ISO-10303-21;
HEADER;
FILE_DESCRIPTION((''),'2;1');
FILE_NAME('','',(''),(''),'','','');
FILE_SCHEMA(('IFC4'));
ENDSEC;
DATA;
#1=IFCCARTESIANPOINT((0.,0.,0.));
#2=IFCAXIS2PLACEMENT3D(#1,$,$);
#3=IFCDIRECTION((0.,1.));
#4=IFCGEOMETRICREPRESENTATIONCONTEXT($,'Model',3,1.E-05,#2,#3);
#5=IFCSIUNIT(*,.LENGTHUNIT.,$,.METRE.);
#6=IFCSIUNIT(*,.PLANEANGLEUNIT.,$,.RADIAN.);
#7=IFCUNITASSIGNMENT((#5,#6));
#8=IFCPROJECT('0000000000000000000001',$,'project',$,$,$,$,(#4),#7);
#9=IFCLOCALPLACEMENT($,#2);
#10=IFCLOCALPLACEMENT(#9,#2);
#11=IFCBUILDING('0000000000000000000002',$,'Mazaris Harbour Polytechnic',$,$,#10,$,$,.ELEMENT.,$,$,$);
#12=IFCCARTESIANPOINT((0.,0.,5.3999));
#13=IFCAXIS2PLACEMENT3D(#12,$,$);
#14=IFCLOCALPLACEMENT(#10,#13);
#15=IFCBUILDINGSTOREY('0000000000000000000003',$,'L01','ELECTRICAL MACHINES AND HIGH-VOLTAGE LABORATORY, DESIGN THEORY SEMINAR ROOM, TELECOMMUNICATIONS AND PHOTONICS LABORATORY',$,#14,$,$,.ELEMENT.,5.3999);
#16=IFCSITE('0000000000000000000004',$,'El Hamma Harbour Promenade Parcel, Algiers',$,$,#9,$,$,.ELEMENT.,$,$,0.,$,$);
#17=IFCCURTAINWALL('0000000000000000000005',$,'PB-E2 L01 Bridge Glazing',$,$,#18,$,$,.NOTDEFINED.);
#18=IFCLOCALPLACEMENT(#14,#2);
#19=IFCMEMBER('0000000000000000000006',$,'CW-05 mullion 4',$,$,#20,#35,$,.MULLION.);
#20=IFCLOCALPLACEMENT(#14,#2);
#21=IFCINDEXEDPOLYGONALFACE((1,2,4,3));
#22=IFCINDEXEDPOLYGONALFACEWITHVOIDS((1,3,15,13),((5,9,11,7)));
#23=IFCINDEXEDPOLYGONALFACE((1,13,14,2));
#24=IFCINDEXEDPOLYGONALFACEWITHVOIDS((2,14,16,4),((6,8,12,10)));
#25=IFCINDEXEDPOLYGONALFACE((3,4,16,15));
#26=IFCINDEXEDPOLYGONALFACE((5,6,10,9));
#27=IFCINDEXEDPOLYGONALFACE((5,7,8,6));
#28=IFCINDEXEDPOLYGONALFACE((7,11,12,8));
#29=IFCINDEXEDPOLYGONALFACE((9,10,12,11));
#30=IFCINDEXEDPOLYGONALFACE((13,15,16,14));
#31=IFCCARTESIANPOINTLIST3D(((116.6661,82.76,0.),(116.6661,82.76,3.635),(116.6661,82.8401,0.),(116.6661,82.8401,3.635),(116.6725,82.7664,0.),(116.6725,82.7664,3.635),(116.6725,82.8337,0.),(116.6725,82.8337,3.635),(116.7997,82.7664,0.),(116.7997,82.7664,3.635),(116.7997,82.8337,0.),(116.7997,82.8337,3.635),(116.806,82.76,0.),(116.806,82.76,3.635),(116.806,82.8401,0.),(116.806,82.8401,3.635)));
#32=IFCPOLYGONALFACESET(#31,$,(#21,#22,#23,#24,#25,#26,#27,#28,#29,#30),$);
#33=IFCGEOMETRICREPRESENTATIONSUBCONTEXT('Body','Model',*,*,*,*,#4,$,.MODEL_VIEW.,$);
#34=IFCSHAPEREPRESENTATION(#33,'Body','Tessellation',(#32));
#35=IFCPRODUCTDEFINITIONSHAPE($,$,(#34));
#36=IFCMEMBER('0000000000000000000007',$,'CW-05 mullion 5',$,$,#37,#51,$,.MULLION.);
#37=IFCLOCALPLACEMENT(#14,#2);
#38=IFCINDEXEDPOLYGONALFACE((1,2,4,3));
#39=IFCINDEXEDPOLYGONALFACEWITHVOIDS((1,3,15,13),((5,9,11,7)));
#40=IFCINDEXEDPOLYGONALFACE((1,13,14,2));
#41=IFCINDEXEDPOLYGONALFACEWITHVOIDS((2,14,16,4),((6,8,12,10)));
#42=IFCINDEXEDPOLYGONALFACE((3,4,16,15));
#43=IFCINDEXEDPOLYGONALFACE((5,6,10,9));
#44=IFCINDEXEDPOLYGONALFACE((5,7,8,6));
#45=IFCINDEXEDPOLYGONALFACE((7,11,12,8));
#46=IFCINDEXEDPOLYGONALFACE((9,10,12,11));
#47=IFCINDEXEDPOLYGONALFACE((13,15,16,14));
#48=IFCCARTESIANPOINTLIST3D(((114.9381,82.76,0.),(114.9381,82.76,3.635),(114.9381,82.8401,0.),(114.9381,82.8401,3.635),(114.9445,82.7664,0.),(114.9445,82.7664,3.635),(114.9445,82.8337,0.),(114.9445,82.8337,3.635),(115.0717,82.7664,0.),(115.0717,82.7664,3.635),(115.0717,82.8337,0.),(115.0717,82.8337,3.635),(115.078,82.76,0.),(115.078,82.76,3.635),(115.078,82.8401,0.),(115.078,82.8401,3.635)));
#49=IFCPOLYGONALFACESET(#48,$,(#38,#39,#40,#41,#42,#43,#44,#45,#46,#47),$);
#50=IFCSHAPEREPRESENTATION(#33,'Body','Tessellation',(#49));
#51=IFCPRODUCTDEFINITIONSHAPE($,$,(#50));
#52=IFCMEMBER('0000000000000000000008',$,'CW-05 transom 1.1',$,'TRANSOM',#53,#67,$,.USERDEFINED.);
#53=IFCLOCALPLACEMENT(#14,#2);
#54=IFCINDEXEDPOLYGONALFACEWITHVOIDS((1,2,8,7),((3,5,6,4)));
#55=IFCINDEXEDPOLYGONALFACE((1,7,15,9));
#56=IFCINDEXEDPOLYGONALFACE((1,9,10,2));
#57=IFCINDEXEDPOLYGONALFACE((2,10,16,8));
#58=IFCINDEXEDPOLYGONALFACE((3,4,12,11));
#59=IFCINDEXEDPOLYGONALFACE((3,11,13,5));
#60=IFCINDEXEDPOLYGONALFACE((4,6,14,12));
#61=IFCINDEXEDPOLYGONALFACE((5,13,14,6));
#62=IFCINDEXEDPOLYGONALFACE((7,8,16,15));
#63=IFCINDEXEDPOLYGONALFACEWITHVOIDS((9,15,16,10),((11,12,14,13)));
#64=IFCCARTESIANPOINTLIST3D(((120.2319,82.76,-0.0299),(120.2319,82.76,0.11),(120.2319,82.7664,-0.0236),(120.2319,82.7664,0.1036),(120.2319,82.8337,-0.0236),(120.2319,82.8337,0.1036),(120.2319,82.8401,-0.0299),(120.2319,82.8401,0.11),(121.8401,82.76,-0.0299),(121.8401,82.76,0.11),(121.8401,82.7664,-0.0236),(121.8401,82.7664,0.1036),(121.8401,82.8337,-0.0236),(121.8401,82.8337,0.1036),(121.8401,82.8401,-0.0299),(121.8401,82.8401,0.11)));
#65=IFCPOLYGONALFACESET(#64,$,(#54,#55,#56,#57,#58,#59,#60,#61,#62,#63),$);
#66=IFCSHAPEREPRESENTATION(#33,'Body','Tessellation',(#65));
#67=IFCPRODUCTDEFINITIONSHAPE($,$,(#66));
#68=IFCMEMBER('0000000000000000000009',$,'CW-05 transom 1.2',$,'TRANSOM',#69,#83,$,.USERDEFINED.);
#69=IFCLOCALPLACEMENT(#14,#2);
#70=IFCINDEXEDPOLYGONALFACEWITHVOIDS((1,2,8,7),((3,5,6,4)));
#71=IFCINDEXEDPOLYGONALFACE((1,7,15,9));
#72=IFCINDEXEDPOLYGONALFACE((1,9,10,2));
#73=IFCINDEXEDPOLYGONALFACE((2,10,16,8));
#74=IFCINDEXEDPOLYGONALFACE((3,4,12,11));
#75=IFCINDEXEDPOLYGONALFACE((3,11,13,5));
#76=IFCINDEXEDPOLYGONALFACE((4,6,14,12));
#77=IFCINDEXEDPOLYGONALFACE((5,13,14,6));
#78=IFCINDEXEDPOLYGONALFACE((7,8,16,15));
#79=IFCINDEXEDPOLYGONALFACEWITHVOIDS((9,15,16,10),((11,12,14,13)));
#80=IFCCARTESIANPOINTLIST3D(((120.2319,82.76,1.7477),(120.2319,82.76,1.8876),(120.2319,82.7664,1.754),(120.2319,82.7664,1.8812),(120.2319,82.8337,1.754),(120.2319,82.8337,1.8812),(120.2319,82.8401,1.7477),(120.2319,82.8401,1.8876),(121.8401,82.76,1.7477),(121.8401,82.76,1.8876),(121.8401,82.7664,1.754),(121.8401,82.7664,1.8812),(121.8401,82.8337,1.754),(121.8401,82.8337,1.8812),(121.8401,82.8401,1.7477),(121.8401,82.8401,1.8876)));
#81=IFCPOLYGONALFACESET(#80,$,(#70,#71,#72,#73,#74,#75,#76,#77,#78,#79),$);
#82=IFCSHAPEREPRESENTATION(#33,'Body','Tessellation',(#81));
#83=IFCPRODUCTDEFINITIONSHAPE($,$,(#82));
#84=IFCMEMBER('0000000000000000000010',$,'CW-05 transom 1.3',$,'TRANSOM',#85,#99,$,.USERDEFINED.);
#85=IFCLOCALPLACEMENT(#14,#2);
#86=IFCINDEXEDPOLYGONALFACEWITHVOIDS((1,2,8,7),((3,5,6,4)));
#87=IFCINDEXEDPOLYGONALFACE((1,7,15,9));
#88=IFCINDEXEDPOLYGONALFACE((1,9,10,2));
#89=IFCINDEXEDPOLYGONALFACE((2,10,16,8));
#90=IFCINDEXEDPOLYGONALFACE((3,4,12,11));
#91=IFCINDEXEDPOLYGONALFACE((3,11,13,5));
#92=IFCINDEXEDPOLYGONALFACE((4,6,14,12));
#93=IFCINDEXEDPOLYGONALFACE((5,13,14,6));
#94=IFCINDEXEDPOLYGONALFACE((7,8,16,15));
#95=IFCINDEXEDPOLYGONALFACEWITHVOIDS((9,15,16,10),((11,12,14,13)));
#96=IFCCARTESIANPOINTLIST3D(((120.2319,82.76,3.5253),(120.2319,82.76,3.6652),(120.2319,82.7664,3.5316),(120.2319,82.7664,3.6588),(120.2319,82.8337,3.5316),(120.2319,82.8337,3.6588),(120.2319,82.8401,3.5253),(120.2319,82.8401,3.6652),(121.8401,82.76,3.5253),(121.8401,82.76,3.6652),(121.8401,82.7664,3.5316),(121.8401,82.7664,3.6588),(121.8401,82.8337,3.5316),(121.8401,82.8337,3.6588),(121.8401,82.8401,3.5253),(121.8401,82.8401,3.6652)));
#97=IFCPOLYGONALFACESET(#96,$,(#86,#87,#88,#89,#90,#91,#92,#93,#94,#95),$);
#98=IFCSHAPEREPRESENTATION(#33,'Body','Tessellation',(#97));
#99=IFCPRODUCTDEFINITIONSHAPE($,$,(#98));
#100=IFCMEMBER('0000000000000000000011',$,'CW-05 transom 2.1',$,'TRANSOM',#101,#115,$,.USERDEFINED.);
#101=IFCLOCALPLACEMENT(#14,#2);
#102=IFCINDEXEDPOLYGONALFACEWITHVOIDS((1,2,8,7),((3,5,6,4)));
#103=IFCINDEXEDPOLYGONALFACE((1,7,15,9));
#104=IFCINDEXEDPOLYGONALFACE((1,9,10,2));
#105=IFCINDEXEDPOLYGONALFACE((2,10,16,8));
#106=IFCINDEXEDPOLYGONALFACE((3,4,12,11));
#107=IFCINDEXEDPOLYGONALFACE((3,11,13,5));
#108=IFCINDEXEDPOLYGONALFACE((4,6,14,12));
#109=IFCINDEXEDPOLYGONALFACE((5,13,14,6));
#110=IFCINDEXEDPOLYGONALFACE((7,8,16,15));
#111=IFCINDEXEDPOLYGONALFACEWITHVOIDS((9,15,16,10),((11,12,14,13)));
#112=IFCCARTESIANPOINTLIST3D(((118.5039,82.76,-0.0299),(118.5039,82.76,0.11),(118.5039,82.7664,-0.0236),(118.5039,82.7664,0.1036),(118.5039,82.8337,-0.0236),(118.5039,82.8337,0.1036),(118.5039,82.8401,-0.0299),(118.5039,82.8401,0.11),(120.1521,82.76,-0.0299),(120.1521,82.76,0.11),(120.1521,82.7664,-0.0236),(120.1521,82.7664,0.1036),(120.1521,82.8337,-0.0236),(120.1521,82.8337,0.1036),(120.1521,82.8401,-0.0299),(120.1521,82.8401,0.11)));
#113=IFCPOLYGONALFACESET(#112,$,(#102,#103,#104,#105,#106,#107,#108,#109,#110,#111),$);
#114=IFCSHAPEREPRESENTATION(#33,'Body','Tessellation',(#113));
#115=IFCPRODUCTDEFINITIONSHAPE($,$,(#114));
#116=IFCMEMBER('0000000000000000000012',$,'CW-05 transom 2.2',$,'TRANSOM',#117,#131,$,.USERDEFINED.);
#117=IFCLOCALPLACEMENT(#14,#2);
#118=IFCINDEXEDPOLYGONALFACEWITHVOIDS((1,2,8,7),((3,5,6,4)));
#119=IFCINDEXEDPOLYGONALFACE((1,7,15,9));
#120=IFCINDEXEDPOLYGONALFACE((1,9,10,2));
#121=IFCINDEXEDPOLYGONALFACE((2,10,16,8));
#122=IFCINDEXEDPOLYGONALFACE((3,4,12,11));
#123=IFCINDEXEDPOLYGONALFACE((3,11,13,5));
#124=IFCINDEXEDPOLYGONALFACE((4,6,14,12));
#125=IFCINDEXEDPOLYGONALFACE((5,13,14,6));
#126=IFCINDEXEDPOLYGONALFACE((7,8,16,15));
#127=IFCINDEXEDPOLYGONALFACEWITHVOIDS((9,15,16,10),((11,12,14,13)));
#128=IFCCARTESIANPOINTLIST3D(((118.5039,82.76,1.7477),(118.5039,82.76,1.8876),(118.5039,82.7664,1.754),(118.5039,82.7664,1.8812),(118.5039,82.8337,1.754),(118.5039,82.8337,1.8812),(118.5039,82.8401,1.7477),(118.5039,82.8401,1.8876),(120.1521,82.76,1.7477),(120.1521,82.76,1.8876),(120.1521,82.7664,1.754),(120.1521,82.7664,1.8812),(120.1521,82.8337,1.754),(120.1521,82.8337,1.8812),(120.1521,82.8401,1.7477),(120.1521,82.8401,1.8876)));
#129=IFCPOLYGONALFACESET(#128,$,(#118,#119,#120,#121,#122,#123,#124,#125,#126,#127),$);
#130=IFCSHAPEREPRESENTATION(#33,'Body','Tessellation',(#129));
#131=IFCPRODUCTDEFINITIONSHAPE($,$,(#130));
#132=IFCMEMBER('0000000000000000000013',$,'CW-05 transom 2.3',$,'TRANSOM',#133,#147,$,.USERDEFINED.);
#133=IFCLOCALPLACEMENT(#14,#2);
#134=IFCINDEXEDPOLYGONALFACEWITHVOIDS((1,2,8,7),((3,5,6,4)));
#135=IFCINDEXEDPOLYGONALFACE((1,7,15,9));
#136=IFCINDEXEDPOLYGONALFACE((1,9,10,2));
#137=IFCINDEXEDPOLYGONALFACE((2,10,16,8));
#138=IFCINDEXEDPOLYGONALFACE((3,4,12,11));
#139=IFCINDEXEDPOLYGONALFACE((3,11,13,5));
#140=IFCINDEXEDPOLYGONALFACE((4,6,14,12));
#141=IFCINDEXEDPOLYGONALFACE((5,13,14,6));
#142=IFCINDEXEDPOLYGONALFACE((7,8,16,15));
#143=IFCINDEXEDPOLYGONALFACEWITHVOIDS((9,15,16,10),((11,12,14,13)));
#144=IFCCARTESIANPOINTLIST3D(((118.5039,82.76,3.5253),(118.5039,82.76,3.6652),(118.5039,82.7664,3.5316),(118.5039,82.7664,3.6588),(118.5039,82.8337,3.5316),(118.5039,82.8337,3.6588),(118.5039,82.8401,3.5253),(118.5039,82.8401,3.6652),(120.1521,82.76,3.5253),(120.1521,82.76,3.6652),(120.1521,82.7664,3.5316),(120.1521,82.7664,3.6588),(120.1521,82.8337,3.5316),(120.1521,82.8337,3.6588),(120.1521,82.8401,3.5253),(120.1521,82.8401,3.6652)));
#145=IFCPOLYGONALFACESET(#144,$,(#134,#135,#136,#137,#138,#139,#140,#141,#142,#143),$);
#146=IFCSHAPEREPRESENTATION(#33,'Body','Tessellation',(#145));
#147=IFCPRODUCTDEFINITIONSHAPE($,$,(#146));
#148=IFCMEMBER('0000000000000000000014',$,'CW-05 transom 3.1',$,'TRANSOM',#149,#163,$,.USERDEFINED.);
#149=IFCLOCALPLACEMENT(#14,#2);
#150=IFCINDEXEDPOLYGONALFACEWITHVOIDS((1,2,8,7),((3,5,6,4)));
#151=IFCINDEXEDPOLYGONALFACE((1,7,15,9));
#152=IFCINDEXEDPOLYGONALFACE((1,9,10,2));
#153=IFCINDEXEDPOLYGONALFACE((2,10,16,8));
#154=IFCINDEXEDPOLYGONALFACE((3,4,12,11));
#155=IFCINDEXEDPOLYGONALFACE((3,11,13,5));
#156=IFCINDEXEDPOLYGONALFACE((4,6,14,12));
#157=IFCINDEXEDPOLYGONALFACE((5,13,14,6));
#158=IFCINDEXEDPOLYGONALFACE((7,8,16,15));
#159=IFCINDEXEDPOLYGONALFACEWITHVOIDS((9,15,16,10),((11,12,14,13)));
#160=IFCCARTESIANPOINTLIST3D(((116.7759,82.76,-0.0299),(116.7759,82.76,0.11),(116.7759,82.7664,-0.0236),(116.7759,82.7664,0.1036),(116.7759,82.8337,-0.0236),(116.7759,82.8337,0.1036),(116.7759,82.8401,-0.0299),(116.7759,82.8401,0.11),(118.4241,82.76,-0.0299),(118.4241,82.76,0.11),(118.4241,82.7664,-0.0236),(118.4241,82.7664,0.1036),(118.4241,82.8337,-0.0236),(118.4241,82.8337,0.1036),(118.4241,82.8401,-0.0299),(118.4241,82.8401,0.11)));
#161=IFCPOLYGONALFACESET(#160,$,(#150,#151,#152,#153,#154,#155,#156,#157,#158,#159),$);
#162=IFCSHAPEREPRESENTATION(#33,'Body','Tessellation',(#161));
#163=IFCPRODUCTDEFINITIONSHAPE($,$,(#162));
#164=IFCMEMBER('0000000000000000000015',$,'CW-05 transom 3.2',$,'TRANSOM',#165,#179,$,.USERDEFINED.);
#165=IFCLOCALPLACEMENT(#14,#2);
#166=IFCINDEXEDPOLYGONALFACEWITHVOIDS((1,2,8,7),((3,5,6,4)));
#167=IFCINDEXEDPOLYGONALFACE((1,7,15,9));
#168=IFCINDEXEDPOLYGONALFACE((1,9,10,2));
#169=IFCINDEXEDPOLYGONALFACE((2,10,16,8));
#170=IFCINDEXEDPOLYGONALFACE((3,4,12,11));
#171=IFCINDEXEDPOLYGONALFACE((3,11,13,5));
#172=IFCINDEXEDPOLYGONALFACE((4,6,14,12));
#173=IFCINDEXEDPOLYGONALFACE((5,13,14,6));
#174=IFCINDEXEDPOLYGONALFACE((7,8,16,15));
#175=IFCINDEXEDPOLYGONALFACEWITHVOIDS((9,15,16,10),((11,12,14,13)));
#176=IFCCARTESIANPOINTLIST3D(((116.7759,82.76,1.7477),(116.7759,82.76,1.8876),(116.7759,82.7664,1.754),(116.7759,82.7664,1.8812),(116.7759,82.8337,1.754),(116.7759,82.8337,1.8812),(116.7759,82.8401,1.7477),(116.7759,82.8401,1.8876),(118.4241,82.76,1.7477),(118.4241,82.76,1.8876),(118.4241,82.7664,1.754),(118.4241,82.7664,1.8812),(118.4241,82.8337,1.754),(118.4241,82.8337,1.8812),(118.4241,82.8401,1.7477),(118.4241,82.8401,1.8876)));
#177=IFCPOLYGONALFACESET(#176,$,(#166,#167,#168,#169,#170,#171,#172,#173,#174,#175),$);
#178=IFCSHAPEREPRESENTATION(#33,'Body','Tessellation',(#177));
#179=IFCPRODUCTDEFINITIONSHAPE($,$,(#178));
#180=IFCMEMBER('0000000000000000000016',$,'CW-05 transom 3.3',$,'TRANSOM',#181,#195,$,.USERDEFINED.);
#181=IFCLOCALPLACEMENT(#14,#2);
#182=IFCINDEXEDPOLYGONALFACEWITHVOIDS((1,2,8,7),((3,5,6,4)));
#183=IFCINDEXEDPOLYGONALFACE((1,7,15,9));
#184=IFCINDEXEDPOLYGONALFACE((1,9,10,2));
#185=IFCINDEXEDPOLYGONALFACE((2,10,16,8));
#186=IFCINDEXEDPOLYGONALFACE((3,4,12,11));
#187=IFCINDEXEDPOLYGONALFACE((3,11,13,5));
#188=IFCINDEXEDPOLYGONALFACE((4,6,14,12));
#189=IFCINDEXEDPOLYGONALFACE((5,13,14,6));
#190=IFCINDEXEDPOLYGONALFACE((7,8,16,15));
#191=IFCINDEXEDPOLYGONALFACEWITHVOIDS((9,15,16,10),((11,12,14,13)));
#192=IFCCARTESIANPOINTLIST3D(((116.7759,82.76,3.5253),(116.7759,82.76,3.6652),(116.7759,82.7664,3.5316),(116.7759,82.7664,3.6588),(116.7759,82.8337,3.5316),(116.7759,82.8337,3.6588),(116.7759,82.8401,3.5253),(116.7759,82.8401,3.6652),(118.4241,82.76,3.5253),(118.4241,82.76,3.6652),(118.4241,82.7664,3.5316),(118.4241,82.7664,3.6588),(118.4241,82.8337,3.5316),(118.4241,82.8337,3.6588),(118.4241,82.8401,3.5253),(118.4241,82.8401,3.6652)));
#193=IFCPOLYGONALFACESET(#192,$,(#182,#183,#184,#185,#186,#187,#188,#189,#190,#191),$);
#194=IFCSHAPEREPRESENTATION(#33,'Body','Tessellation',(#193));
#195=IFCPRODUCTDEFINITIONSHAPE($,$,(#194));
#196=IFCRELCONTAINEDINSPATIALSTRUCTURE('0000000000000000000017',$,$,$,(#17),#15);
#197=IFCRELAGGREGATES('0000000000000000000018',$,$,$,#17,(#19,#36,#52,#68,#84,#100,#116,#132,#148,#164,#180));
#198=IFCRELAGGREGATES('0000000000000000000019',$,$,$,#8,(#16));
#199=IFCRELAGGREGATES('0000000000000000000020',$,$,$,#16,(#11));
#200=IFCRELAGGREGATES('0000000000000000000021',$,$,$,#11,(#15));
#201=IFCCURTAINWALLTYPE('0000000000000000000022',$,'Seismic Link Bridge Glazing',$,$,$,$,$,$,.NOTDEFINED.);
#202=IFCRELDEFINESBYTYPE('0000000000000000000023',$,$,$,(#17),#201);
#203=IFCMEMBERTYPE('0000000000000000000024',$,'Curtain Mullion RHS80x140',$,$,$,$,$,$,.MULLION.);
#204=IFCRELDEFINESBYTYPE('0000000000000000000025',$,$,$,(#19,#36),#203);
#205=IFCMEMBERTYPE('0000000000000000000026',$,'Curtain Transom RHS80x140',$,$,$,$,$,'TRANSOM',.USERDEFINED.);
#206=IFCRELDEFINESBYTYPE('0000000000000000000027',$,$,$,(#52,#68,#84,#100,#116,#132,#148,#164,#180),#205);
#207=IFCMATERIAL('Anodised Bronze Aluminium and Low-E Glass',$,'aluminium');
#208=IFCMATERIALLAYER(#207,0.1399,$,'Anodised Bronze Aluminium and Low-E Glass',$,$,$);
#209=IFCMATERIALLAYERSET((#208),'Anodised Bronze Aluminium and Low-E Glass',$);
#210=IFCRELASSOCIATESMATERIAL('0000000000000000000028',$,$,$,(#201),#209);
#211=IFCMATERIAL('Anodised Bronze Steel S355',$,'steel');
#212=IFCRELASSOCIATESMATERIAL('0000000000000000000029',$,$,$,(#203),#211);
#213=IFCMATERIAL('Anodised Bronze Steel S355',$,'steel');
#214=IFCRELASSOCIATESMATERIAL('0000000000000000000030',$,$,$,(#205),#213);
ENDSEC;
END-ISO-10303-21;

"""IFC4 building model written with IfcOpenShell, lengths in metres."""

from ifc_helpers import new_model, si_unit, direction, frame, origin, origin_2d, place, context, subcontext, project, spatial, hollow_rectangle, extrude, material, layer, layer_set, material_profile, profile_set, type_object, element, aggregate, save


model = new_model("IFC4")

# Units and contexts
model_context = context("Model", 3, precision=1e-05, world=origin(), true_north=direction((0.0, 1.0)))
body_context = subcontext(model_context, "Body", "Model", "MODEL_VIEW")
ifc_project = project(units=[si_unit("LENGTHUNIT", "METRE"), si_unit("PLANEANGLEUNIT", "RADIAN")], contexts=[model_context])

# Site, building, storey
site_placement = place(None, origin())
site = spatial("IfcSite", under=ifc_project, at=site_placement, Name="El Hamma Harbour Promenade Parcel, Algiers", CompositionType="ELEMENT", RefElevation=0.0)
building_placement = place(site_placement, origin())
building = spatial("IfcBuilding", under=site, at=building_placement, Name="Mazaris Harbour Polytechnic", CompositionType="ELEMENT")
storey_placement = place(building_placement, frame((0.0, 0.0, 5.3999)))
storey = spatial("IfcBuildingStorey", under=building, at=storey_placement, Name="L01", Description="ELECTRICAL MACHINES AND HIGH-VOLTAGE LABORATORY, DESIGN THEORY SEMINAR ROOM, TELECOMMUNICATIONS AND PHOTONICS LABORATORY", CompositionType="ELEMENT", Elevation=5.3999)

# Curtain wall, members
ifc_material_1 = material(Name="Anodised Bronze Aluminium and Low-E Glass", Category="aluminium")
ifc_layer_1 = layer(ifc_material_1, 0.1399, Name="Anodised Bronze Aluminium and Low-E Glass")
ifc_layer_set_1 = layer_set([ifc_layer_1], Name="Anodised Bronze Aluminium and Low-E Glass")
curtain_wall_type = type_object("IfcCurtainWallType", Name="Seismic Link Bridge Glazing", PredefinedType="NOTDEFINED", material=ifc_layer_set_1)
curtain_wall_placement = place(storey_placement, origin())
curtain_wall = element("IfcCurtainWall", 1, at=curtain_wall_placement, inside=storey, type_object=curtain_wall_type, Name="PB-E2 L01 Bridge Glazing", PredefinedType="NOTDEFINED")
ifc_material_2 = material(Name="Anodised Bronze Steel S355", Category="steel")
ifc_material_profile_1 = material_profile(ifc_material_2, hollow_rectangle(XDim=0.0801, YDim=0.1399, WallThickness=0.0063, at=origin_2d()), Name="RHS 80x140x6.3")
ifc_profile_set_1 = profile_set([ifc_material_profile_1], Name="Anodised Bronze Steel S355")
member_type_1 = type_object("IfcMemberType", Name="Curtain Mullion RHS80x140", PredefinedType="MULLION", material=ifc_profile_set_1)
member_1_placement = place(storey_placement, frame((116.7361, 82.8, 0.0), z_axis=(0.0, 0.0, 1.0), x_axis=(0.0, -1.0, 0.0)))
member_1 = element("IfcMember", 2, at=member_1_placement, type_object=member_type_1, Name="CW-05 mullion 4", PredefinedType="MULLION", context=body_context, shape_type="SweptSolid", body=[
    extrude(hollow_rectangle(XDim=0.0801, YDim=0.1399, WallThickness=0.0063, at=origin_2d()), origin(), (0.0, 0.0, 1.0), 3.635),
])
member_2_placement = place(storey_placement, frame((115.0081, 82.8, 0.0), z_axis=(0.0, 0.0, 1.0), x_axis=(0.0, -1.0, 0.0)))
member_2 = element("IfcMember", 3, at=member_2_placement, type_object=member_type_1, Name="CW-05 mullion 5", PredefinedType="MULLION", context=body_context, shape_type="SweptSolid", body=[
    extrude(hollow_rectangle(XDim=0.0801, YDim=0.1399, WallThickness=0.0063, at=origin_2d()), origin(), (0.0, 0.0, 1.0), 3.635),
])
ifc_material_3 = material(Name="Anodised Bronze Steel S355", Category="steel")
ifc_material_profile_2 = material_profile(ifc_material_3, hollow_rectangle(XDim=0.0801, YDim=0.1399, WallThickness=0.0063, at=origin_2d()), Name="RHS 80x140x6.3")
ifc_profile_set_2 = profile_set([ifc_material_profile_2], Name="Anodised Bronze Steel S355")
member_type_2 = type_object("IfcMemberType", Name="Curtain Transom RHS80x140", ElementType="TRANSOM", PredefinedType="USERDEFINED", material=ifc_profile_set_2)
member_3_placement = place(storey_placement, frame((121.8401, 82.8, 0.04), z_axis=(-1.0, 0.0, 0.0), x_axis=(0.0, -1.0, 0.0)))
member_3 = element("IfcMember", 4, at=member_3_placement, type_object=member_type_2, Name="CW-05 transom 1.1", ObjectType="TRANSOM", PredefinedType="USERDEFINED", context=body_context, shape_type="SweptSolid", body=[
    extrude(hollow_rectangle(XDim=0.0801, YDim=0.1399, WallThickness=0.0063, at=origin_2d()), origin(), (0.0, 0.0, 1.0), 1.6082),
])
member_4_placement = place(storey_placement, frame((121.8401, 82.8, 1.8176), z_axis=(-1.0, 0.0, 0.0), x_axis=(0.0, -1.0, 0.0)))
member_4 = element("IfcMember", 5, at=member_4_placement, type_object=member_type_2, Name="CW-05 transom 1.2", ObjectType="TRANSOM", PredefinedType="USERDEFINED", context=body_context, shape_type="SweptSolid", body=[
    extrude(hollow_rectangle(XDim=0.0801, YDim=0.1399, WallThickness=0.0063, at=origin_2d()), origin(), (0.0, 0.0, 1.0), 1.6082),
])
member_5_placement = place(storey_placement, frame((121.8401, 82.8, 3.5952), z_axis=(-1.0, 0.0, 0.0), x_axis=(0.0, -1.0, 0.0)))
member_5 = element("IfcMember", 6, at=member_5_placement, type_object=member_type_2, Name="CW-05 transom 1.3", ObjectType="TRANSOM", PredefinedType="USERDEFINED", context=body_context, shape_type="SweptSolid", body=[
    extrude(hollow_rectangle(XDim=0.0801, YDim=0.1399, WallThickness=0.0063, at=origin_2d()), origin(), (0.0, 0.0, 1.0), 1.6082),
])
member_6_placement = place(storey_placement, frame((120.1521, 82.8, 0.04), z_axis=(-1.0, 0.0, 0.0), x_axis=(0.0, -1.0, 0.0)))
member_6 = element("IfcMember", 7, at=member_6_placement, type_object=member_type_2, Name="CW-05 transom 2.1", ObjectType="TRANSOM", PredefinedType="USERDEFINED", context=body_context, shape_type="SweptSolid", body=[
    extrude(hollow_rectangle(XDim=0.0801, YDim=0.1399, WallThickness=0.0063, at=origin_2d()), origin(), (0.0, 0.0, 1.0), 1.6482),
])
member_7_placement = place(storey_placement, frame((120.1521, 82.8, 1.8176), z_axis=(-1.0, 0.0, 0.0), x_axis=(0.0, -1.0, 0.0)))
member_7 = element("IfcMember", 8, at=member_7_placement, type_object=member_type_2, Name="CW-05 transom 2.2", ObjectType="TRANSOM", PredefinedType="USERDEFINED", context=body_context, shape_type="SweptSolid", body=[
    extrude(hollow_rectangle(XDim=0.0801, YDim=0.1399, WallThickness=0.0063, at=origin_2d()), origin(), (0.0, 0.0, 1.0), 1.6482),
])
member_8_placement = place(storey_placement, frame((120.1521, 82.8, 3.5952), z_axis=(-1.0, 0.0, 0.0), x_axis=(0.0, -1.0, 0.0)))
member_8 = element("IfcMember", 9, at=member_8_placement, type_object=member_type_2, Name="CW-05 transom 2.3", ObjectType="TRANSOM", PredefinedType="USERDEFINED", context=body_context, shape_type="SweptSolid", body=[
    extrude(hollow_rectangle(XDim=0.0801, YDim=0.1399, WallThickness=0.0063, at=origin_2d()), origin(), (0.0, 0.0, 1.0), 1.6482),
])
member_9_placement = place(storey_placement, frame((118.4241, 82.8, 0.04), z_axis=(-1.0, 0.0, 0.0), x_axis=(0.0, -1.0, 0.0)))
member_9 = element("IfcMember", 10, at=member_9_placement, type_object=member_type_2, Name="CW-05 transom 3.1", ObjectType="TRANSOM", PredefinedType="USERDEFINED", context=body_context, shape_type="SweptSolid", body=[
    extrude(hollow_rectangle(XDim=0.0801, YDim=0.1399, WallThickness=0.0063, at=origin_2d()), origin(), (0.0, 0.0, 1.0), 1.6482),
])
member_10_placement = place(storey_placement, frame((118.4241, 82.8, 1.8176), z_axis=(-1.0, 0.0, 0.0), x_axis=(0.0, -1.0, 0.0)))
member_10 = element("IfcMember", 11, at=member_10_placement, type_object=member_type_2, Name="CW-05 transom 3.2", ObjectType="TRANSOM", PredefinedType="USERDEFINED", context=body_context, shape_type="SweptSolid", body=[
    extrude(hollow_rectangle(XDim=0.0801, YDim=0.1399, WallThickness=0.0063, at=origin_2d()), origin(), (0.0, 0.0, 1.0), 1.6482),
])
member_11_placement = place(storey_placement, frame((118.4241, 82.8, 3.5952), z_axis=(-1.0, 0.0, 0.0), x_axis=(0.0, -1.0, 0.0)))
member_11 = element("IfcMember", 12, at=member_11_placement, type_object=member_type_2, Name="CW-05 transom 3.3", ObjectType="TRANSOM", PredefinedType="USERDEFINED", context=body_context, shape_type="SweptSolid", body=[
    extrude(hollow_rectangle(XDim=0.0801, YDim=0.1399, WallThickness=0.0063, at=origin_2d()), origin(), (0.0, 0.0, 1.0), 1.6482),
])

aggregate(curtain_wall, [member_1, member_2, member_3, member_4, member_5, member_6, member_7, member_8, member_9, member_10, member_11])

save(model, "model.ifc")
